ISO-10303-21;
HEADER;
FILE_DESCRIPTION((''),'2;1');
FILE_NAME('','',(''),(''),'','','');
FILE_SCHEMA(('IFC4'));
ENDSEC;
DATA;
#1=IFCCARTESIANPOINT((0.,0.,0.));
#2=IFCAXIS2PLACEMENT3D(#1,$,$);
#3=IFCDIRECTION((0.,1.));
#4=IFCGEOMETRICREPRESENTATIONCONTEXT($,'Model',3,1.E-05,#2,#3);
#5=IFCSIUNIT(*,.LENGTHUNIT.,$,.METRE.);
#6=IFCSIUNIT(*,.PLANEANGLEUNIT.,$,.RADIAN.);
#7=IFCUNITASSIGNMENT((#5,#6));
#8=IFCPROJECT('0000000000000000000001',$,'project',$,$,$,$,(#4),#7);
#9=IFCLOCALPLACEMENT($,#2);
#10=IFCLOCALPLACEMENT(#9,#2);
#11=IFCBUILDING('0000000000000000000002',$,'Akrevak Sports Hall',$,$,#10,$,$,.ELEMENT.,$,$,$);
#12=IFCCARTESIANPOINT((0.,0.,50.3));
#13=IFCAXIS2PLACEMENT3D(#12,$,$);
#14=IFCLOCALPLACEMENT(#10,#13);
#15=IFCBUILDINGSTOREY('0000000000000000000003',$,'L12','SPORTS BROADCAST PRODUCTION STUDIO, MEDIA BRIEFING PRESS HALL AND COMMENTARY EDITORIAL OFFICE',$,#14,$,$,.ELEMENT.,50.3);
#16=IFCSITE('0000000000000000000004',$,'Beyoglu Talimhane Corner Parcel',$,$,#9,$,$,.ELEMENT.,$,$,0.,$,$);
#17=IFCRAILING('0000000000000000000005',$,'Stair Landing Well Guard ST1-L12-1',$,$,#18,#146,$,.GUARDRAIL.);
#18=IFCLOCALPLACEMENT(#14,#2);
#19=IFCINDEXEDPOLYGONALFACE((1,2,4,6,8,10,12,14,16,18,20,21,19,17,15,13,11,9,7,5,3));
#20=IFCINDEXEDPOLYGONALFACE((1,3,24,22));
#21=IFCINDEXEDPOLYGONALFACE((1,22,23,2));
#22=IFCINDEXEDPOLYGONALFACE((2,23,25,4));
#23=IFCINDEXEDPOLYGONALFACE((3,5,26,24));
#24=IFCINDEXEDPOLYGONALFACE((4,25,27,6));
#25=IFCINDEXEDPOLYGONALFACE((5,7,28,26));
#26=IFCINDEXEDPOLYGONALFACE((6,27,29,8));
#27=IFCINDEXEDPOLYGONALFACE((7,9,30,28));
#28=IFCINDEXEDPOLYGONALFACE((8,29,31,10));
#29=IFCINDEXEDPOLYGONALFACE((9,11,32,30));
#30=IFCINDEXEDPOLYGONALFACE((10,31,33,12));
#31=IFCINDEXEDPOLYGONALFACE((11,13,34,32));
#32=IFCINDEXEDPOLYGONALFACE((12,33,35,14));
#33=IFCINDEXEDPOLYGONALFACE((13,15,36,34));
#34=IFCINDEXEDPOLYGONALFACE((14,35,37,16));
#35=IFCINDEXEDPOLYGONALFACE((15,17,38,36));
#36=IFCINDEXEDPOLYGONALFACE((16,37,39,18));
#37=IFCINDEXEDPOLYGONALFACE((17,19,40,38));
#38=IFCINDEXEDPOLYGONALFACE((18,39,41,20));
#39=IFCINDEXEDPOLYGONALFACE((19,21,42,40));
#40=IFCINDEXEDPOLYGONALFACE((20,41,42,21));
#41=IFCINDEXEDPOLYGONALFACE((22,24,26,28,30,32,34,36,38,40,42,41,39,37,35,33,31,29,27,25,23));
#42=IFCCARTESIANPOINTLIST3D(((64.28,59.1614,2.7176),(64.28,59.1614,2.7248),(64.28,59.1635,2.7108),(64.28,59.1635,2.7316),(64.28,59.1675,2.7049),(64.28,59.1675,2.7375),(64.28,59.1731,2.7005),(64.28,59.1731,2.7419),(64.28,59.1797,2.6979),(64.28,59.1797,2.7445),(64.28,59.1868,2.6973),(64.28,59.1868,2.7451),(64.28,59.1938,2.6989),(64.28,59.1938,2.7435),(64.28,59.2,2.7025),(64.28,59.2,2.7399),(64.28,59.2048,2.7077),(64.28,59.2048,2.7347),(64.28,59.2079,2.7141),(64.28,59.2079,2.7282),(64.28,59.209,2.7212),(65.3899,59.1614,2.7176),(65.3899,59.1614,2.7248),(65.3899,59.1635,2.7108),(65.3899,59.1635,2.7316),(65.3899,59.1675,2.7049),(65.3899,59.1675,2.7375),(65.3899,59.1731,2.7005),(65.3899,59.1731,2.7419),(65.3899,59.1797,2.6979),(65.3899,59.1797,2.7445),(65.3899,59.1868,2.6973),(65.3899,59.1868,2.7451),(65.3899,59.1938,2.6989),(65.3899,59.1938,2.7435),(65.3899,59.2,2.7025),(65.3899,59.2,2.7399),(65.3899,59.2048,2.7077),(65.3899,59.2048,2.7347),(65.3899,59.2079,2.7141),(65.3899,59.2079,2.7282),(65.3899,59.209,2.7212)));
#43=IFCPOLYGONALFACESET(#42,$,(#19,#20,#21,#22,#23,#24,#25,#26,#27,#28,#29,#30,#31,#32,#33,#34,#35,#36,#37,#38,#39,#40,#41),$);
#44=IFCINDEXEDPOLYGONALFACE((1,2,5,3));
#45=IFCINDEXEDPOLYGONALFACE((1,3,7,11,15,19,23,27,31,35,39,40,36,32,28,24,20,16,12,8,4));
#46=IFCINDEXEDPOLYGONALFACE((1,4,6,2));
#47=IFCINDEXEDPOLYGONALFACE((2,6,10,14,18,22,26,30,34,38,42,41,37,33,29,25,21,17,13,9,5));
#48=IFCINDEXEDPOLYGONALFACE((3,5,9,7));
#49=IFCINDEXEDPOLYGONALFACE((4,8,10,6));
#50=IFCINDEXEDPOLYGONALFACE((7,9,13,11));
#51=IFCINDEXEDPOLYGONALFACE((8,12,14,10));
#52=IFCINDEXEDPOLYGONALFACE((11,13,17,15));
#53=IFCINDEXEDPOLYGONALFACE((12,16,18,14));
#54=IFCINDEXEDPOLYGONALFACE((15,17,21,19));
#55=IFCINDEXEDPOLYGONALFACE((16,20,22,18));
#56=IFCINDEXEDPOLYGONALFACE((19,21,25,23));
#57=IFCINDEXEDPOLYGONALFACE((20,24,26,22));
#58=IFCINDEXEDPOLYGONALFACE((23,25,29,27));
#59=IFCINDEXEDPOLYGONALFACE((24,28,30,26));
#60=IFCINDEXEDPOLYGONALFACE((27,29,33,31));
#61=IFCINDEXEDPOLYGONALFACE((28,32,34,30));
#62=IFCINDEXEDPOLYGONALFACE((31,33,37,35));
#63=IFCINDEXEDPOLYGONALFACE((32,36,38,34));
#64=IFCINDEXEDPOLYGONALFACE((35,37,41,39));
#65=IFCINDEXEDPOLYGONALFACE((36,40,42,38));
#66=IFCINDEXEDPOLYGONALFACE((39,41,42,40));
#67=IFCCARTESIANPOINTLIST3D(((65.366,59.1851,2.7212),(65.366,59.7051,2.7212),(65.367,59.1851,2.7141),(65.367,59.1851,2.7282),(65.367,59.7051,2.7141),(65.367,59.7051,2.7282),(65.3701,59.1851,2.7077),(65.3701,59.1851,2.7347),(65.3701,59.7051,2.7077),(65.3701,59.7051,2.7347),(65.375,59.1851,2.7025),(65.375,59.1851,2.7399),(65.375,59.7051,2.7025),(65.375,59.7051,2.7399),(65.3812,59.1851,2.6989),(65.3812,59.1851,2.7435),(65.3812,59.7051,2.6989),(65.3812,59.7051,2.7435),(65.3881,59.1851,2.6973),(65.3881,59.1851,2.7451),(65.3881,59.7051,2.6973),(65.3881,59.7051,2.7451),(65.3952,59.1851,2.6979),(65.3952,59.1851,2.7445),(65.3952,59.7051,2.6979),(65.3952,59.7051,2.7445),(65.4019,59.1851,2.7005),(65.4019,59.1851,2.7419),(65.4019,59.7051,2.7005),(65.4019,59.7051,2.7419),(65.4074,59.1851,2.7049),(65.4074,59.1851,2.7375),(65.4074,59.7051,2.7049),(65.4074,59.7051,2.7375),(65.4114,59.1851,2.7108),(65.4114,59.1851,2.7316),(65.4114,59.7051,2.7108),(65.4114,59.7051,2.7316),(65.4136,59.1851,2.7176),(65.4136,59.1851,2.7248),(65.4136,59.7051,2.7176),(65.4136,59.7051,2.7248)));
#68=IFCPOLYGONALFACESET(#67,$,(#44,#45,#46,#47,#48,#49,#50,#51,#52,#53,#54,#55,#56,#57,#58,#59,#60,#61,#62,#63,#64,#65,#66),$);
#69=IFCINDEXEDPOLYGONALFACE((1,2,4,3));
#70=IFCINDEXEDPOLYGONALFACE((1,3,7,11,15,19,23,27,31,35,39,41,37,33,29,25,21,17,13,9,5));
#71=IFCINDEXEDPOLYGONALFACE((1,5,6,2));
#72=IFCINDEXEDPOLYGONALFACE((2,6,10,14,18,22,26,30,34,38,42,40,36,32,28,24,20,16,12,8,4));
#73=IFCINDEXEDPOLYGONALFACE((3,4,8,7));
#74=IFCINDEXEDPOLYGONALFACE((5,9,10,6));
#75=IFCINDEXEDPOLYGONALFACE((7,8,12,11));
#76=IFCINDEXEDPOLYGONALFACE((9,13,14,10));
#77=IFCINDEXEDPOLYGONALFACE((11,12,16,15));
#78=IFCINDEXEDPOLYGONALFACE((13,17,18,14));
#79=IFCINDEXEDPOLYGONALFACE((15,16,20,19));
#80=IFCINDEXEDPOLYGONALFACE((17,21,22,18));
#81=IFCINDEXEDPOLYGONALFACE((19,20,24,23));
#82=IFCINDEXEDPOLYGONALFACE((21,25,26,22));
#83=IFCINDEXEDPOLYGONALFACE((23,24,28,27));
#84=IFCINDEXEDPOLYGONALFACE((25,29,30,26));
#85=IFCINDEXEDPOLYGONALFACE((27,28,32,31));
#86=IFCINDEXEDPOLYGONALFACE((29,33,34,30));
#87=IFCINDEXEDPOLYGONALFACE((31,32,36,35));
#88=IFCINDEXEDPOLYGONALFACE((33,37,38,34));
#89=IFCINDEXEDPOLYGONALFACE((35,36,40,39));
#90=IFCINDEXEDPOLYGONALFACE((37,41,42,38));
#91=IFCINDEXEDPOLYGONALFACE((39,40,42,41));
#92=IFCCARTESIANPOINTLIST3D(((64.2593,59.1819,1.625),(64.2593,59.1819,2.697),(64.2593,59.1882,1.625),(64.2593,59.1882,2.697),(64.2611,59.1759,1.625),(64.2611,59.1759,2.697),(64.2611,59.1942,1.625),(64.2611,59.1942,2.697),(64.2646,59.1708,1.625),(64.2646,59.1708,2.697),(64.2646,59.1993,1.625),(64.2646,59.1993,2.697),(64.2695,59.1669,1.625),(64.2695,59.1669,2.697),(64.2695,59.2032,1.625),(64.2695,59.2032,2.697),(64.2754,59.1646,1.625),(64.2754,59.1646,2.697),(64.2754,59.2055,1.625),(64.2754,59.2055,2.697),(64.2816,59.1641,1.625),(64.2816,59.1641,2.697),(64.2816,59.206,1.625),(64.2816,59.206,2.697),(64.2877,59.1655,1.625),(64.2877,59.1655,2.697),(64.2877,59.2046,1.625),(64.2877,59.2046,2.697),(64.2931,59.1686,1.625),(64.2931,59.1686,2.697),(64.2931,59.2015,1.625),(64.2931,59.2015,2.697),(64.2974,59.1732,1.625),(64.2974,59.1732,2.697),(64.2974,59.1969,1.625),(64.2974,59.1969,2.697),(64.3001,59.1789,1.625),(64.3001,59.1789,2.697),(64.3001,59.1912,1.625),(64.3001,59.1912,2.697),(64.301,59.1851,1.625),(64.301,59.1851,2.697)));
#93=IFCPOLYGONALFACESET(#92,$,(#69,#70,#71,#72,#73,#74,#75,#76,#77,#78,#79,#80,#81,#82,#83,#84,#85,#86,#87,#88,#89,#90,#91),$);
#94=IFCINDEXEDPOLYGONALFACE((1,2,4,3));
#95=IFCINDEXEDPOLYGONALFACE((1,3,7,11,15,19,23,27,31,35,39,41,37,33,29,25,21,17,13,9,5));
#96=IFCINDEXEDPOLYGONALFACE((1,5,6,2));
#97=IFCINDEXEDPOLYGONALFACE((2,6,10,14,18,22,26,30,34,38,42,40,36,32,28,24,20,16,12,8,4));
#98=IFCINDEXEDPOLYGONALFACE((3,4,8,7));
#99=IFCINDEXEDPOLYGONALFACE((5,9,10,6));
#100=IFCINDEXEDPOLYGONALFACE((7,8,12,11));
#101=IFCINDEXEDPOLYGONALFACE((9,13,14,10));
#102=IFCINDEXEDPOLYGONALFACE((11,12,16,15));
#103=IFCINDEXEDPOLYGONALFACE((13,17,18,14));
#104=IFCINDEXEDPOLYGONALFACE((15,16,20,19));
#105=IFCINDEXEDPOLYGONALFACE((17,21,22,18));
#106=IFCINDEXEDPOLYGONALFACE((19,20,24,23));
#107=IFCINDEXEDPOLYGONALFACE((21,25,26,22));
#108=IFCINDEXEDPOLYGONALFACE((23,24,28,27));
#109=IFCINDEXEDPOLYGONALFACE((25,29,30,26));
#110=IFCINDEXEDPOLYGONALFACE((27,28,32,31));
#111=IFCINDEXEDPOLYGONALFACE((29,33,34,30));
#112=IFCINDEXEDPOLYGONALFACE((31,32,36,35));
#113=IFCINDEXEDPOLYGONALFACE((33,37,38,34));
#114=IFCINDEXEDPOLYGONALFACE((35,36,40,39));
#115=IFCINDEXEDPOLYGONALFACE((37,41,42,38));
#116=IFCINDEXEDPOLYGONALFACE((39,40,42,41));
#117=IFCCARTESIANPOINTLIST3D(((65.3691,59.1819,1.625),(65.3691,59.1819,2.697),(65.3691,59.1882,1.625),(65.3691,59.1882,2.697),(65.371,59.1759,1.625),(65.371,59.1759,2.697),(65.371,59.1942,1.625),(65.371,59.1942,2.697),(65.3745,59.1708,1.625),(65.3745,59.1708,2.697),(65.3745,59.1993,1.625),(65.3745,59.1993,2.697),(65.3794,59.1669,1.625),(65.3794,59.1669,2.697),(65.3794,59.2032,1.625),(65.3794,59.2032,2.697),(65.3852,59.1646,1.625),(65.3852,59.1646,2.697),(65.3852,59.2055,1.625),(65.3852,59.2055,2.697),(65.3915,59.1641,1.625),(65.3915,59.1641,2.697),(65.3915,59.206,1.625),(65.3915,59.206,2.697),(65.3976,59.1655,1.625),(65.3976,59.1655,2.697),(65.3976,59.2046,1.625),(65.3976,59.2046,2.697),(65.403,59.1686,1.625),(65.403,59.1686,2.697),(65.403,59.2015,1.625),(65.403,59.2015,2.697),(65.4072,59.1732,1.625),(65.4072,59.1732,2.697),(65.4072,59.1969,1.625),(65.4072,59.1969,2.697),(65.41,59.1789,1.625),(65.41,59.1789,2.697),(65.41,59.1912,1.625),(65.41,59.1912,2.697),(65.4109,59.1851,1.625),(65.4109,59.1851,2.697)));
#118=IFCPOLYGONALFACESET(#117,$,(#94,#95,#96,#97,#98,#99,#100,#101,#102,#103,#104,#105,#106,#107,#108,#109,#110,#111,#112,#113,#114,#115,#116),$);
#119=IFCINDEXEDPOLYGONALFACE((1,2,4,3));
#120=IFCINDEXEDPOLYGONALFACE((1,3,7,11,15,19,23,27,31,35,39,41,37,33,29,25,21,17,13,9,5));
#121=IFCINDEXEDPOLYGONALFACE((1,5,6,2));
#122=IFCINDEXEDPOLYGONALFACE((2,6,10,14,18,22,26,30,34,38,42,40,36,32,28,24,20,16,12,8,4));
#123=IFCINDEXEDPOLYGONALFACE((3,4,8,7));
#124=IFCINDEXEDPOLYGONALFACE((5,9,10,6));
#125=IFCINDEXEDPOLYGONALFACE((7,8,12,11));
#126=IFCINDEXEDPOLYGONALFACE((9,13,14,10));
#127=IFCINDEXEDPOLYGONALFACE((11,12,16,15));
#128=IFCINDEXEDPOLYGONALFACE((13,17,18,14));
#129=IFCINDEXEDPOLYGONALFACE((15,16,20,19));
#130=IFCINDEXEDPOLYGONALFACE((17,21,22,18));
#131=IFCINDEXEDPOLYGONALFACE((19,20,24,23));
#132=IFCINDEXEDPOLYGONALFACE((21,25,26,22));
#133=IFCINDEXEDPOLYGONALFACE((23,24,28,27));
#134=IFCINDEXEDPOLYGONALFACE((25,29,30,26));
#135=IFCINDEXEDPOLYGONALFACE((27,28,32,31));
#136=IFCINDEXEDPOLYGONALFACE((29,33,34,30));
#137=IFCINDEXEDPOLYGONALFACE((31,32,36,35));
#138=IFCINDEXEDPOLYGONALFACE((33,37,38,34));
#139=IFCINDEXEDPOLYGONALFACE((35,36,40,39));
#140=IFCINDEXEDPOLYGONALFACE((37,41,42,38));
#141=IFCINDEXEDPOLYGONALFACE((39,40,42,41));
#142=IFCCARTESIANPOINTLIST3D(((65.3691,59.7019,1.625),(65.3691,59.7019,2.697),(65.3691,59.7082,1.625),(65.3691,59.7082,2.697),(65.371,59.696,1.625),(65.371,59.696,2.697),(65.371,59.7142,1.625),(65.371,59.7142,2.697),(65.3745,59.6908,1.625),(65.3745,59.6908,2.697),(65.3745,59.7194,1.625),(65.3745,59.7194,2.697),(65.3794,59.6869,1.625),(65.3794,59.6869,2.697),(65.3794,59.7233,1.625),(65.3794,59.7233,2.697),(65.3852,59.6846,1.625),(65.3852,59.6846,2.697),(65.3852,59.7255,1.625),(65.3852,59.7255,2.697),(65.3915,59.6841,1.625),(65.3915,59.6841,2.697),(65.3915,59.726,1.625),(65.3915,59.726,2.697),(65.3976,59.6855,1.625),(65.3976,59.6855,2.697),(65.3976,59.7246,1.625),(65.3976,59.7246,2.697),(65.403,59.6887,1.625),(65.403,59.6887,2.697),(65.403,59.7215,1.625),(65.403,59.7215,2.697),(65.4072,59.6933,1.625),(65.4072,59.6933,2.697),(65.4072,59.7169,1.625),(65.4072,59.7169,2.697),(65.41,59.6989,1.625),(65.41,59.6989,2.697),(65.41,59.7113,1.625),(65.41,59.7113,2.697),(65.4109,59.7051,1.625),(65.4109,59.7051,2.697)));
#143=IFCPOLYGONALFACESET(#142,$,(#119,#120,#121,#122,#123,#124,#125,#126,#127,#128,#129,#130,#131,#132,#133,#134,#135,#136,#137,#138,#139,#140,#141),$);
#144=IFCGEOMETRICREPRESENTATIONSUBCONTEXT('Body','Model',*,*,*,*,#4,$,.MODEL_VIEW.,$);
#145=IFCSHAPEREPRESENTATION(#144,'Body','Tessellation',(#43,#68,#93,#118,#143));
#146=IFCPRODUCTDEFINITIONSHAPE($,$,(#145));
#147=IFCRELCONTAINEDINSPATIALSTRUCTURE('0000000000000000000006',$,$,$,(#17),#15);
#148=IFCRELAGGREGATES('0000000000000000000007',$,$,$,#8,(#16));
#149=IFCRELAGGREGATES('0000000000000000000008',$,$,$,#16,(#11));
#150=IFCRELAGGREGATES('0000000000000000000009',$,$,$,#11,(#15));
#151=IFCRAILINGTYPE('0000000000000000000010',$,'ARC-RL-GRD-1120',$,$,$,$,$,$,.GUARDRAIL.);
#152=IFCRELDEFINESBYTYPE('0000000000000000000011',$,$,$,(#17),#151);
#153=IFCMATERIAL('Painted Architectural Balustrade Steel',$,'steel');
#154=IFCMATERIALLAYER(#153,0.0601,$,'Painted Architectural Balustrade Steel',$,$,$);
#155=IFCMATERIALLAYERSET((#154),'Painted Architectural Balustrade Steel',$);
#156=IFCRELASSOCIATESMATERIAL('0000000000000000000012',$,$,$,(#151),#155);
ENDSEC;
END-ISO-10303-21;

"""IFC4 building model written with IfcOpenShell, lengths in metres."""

from ifc_helpers import new_model, si_unit, direction, frame, origin, origin_2d, place, context, subcontext, project, spatial, circle, extrude, material, layer, layer_set, type_object, element, save


model = new_model("IFC4")

# Units and contexts
model_context = context("Model", 3, precision=1e-05, world=origin(), true_north=direction((0.0, 1.0)))
body_context = subcontext(model_context, "Body", "Model", "MODEL_VIEW")
ifc_project = project(units=[si_unit("LENGTHUNIT", "METRE"), si_unit("PLANEANGLEUNIT", "RADIAN")], contexts=[model_context])

# Site, building, storey
site_placement = place(None, origin())
site = spatial("IfcSite", under=ifc_project, at=site_placement, Name="Beyoglu Talimhane Corner Parcel", CompositionType="ELEMENT", RefElevation=0.0)
building_placement = place(site_placement, origin())
building = spatial("IfcBuilding", under=site, at=building_placement, Name="Akrevak Sports Hall", CompositionType="ELEMENT")
storey_placement = place(building_placement, frame((0.0, 0.0, 50.3)))
storey = spatial("IfcBuildingStorey", under=building, at=storey_placement, Name="L12", Description="SPORTS BROADCAST PRODUCTION STUDIO, MEDIA BRIEFING PRESS HALL AND COMMENTARY EDITORIAL OFFICE", CompositionType="ELEMENT", Elevation=50.3)

# Railing
ifc_material_1 = material(Name="Painted Architectural Balustrade Steel", Category="steel")
ifc_layer_1 = layer(ifc_material_1, 0.0601, Name="Painted Architectural Balustrade Steel")
ifc_layer_set_1 = layer_set([ifc_layer_1], Name="Painted Architectural Balustrade Steel")
railing_type_1 = type_object("IfcRailingType", Name="ARC-RL-GRD-1120", PredefinedType="GUARDRAIL", material=ifc_layer_set_1)
railing_1_placement = place(storey_placement, frame((64.28, 59.1851, 1.625)))
element("IfcRailing", 1, at=railing_1_placement, inside=storey, type_object=railing_type_1, Name="Stair Landing Well Guard ST1-L12-1", PredefinedType="GUARDRAIL", context=body_context, shape_type="SweptSolid", body=[
    extrude(circle(Radius=0.0239, at=origin_2d()), frame((0.0, 0.0, 1.0962), z_axis=(1.0, 0.0, 0.0), x_axis=(0.0, 1.0, 0.0)), (0.0, 0.0, 1.0), 1.1099),
    extrude(circle(Radius=0.0239, at=origin_2d()), frame((1.1099, 0.0, 1.0962), z_axis=(0.0, 1.0, 0.0), x_axis=(-1.0, 0.0, 0.0)), (0.0, 0.0, 1.0), 0.52),
    extrude(circle(Radius=0.021, at=origin_2d()), origin(), (0.0, 0.0, 1.0), 1.072),
    extrude(circle(Radius=0.021, at=origin_2d()), frame((1.1099, 0.0, 0.0)), (0.0, 0.0, 1.0), 1.072),
    extrude(circle(Radius=0.021, at=origin_2d()), frame((1.1099, 0.52, 0.0)), (0.0, 0.0, 1.0), 1.072),
])

save(model, "model.ifc")
